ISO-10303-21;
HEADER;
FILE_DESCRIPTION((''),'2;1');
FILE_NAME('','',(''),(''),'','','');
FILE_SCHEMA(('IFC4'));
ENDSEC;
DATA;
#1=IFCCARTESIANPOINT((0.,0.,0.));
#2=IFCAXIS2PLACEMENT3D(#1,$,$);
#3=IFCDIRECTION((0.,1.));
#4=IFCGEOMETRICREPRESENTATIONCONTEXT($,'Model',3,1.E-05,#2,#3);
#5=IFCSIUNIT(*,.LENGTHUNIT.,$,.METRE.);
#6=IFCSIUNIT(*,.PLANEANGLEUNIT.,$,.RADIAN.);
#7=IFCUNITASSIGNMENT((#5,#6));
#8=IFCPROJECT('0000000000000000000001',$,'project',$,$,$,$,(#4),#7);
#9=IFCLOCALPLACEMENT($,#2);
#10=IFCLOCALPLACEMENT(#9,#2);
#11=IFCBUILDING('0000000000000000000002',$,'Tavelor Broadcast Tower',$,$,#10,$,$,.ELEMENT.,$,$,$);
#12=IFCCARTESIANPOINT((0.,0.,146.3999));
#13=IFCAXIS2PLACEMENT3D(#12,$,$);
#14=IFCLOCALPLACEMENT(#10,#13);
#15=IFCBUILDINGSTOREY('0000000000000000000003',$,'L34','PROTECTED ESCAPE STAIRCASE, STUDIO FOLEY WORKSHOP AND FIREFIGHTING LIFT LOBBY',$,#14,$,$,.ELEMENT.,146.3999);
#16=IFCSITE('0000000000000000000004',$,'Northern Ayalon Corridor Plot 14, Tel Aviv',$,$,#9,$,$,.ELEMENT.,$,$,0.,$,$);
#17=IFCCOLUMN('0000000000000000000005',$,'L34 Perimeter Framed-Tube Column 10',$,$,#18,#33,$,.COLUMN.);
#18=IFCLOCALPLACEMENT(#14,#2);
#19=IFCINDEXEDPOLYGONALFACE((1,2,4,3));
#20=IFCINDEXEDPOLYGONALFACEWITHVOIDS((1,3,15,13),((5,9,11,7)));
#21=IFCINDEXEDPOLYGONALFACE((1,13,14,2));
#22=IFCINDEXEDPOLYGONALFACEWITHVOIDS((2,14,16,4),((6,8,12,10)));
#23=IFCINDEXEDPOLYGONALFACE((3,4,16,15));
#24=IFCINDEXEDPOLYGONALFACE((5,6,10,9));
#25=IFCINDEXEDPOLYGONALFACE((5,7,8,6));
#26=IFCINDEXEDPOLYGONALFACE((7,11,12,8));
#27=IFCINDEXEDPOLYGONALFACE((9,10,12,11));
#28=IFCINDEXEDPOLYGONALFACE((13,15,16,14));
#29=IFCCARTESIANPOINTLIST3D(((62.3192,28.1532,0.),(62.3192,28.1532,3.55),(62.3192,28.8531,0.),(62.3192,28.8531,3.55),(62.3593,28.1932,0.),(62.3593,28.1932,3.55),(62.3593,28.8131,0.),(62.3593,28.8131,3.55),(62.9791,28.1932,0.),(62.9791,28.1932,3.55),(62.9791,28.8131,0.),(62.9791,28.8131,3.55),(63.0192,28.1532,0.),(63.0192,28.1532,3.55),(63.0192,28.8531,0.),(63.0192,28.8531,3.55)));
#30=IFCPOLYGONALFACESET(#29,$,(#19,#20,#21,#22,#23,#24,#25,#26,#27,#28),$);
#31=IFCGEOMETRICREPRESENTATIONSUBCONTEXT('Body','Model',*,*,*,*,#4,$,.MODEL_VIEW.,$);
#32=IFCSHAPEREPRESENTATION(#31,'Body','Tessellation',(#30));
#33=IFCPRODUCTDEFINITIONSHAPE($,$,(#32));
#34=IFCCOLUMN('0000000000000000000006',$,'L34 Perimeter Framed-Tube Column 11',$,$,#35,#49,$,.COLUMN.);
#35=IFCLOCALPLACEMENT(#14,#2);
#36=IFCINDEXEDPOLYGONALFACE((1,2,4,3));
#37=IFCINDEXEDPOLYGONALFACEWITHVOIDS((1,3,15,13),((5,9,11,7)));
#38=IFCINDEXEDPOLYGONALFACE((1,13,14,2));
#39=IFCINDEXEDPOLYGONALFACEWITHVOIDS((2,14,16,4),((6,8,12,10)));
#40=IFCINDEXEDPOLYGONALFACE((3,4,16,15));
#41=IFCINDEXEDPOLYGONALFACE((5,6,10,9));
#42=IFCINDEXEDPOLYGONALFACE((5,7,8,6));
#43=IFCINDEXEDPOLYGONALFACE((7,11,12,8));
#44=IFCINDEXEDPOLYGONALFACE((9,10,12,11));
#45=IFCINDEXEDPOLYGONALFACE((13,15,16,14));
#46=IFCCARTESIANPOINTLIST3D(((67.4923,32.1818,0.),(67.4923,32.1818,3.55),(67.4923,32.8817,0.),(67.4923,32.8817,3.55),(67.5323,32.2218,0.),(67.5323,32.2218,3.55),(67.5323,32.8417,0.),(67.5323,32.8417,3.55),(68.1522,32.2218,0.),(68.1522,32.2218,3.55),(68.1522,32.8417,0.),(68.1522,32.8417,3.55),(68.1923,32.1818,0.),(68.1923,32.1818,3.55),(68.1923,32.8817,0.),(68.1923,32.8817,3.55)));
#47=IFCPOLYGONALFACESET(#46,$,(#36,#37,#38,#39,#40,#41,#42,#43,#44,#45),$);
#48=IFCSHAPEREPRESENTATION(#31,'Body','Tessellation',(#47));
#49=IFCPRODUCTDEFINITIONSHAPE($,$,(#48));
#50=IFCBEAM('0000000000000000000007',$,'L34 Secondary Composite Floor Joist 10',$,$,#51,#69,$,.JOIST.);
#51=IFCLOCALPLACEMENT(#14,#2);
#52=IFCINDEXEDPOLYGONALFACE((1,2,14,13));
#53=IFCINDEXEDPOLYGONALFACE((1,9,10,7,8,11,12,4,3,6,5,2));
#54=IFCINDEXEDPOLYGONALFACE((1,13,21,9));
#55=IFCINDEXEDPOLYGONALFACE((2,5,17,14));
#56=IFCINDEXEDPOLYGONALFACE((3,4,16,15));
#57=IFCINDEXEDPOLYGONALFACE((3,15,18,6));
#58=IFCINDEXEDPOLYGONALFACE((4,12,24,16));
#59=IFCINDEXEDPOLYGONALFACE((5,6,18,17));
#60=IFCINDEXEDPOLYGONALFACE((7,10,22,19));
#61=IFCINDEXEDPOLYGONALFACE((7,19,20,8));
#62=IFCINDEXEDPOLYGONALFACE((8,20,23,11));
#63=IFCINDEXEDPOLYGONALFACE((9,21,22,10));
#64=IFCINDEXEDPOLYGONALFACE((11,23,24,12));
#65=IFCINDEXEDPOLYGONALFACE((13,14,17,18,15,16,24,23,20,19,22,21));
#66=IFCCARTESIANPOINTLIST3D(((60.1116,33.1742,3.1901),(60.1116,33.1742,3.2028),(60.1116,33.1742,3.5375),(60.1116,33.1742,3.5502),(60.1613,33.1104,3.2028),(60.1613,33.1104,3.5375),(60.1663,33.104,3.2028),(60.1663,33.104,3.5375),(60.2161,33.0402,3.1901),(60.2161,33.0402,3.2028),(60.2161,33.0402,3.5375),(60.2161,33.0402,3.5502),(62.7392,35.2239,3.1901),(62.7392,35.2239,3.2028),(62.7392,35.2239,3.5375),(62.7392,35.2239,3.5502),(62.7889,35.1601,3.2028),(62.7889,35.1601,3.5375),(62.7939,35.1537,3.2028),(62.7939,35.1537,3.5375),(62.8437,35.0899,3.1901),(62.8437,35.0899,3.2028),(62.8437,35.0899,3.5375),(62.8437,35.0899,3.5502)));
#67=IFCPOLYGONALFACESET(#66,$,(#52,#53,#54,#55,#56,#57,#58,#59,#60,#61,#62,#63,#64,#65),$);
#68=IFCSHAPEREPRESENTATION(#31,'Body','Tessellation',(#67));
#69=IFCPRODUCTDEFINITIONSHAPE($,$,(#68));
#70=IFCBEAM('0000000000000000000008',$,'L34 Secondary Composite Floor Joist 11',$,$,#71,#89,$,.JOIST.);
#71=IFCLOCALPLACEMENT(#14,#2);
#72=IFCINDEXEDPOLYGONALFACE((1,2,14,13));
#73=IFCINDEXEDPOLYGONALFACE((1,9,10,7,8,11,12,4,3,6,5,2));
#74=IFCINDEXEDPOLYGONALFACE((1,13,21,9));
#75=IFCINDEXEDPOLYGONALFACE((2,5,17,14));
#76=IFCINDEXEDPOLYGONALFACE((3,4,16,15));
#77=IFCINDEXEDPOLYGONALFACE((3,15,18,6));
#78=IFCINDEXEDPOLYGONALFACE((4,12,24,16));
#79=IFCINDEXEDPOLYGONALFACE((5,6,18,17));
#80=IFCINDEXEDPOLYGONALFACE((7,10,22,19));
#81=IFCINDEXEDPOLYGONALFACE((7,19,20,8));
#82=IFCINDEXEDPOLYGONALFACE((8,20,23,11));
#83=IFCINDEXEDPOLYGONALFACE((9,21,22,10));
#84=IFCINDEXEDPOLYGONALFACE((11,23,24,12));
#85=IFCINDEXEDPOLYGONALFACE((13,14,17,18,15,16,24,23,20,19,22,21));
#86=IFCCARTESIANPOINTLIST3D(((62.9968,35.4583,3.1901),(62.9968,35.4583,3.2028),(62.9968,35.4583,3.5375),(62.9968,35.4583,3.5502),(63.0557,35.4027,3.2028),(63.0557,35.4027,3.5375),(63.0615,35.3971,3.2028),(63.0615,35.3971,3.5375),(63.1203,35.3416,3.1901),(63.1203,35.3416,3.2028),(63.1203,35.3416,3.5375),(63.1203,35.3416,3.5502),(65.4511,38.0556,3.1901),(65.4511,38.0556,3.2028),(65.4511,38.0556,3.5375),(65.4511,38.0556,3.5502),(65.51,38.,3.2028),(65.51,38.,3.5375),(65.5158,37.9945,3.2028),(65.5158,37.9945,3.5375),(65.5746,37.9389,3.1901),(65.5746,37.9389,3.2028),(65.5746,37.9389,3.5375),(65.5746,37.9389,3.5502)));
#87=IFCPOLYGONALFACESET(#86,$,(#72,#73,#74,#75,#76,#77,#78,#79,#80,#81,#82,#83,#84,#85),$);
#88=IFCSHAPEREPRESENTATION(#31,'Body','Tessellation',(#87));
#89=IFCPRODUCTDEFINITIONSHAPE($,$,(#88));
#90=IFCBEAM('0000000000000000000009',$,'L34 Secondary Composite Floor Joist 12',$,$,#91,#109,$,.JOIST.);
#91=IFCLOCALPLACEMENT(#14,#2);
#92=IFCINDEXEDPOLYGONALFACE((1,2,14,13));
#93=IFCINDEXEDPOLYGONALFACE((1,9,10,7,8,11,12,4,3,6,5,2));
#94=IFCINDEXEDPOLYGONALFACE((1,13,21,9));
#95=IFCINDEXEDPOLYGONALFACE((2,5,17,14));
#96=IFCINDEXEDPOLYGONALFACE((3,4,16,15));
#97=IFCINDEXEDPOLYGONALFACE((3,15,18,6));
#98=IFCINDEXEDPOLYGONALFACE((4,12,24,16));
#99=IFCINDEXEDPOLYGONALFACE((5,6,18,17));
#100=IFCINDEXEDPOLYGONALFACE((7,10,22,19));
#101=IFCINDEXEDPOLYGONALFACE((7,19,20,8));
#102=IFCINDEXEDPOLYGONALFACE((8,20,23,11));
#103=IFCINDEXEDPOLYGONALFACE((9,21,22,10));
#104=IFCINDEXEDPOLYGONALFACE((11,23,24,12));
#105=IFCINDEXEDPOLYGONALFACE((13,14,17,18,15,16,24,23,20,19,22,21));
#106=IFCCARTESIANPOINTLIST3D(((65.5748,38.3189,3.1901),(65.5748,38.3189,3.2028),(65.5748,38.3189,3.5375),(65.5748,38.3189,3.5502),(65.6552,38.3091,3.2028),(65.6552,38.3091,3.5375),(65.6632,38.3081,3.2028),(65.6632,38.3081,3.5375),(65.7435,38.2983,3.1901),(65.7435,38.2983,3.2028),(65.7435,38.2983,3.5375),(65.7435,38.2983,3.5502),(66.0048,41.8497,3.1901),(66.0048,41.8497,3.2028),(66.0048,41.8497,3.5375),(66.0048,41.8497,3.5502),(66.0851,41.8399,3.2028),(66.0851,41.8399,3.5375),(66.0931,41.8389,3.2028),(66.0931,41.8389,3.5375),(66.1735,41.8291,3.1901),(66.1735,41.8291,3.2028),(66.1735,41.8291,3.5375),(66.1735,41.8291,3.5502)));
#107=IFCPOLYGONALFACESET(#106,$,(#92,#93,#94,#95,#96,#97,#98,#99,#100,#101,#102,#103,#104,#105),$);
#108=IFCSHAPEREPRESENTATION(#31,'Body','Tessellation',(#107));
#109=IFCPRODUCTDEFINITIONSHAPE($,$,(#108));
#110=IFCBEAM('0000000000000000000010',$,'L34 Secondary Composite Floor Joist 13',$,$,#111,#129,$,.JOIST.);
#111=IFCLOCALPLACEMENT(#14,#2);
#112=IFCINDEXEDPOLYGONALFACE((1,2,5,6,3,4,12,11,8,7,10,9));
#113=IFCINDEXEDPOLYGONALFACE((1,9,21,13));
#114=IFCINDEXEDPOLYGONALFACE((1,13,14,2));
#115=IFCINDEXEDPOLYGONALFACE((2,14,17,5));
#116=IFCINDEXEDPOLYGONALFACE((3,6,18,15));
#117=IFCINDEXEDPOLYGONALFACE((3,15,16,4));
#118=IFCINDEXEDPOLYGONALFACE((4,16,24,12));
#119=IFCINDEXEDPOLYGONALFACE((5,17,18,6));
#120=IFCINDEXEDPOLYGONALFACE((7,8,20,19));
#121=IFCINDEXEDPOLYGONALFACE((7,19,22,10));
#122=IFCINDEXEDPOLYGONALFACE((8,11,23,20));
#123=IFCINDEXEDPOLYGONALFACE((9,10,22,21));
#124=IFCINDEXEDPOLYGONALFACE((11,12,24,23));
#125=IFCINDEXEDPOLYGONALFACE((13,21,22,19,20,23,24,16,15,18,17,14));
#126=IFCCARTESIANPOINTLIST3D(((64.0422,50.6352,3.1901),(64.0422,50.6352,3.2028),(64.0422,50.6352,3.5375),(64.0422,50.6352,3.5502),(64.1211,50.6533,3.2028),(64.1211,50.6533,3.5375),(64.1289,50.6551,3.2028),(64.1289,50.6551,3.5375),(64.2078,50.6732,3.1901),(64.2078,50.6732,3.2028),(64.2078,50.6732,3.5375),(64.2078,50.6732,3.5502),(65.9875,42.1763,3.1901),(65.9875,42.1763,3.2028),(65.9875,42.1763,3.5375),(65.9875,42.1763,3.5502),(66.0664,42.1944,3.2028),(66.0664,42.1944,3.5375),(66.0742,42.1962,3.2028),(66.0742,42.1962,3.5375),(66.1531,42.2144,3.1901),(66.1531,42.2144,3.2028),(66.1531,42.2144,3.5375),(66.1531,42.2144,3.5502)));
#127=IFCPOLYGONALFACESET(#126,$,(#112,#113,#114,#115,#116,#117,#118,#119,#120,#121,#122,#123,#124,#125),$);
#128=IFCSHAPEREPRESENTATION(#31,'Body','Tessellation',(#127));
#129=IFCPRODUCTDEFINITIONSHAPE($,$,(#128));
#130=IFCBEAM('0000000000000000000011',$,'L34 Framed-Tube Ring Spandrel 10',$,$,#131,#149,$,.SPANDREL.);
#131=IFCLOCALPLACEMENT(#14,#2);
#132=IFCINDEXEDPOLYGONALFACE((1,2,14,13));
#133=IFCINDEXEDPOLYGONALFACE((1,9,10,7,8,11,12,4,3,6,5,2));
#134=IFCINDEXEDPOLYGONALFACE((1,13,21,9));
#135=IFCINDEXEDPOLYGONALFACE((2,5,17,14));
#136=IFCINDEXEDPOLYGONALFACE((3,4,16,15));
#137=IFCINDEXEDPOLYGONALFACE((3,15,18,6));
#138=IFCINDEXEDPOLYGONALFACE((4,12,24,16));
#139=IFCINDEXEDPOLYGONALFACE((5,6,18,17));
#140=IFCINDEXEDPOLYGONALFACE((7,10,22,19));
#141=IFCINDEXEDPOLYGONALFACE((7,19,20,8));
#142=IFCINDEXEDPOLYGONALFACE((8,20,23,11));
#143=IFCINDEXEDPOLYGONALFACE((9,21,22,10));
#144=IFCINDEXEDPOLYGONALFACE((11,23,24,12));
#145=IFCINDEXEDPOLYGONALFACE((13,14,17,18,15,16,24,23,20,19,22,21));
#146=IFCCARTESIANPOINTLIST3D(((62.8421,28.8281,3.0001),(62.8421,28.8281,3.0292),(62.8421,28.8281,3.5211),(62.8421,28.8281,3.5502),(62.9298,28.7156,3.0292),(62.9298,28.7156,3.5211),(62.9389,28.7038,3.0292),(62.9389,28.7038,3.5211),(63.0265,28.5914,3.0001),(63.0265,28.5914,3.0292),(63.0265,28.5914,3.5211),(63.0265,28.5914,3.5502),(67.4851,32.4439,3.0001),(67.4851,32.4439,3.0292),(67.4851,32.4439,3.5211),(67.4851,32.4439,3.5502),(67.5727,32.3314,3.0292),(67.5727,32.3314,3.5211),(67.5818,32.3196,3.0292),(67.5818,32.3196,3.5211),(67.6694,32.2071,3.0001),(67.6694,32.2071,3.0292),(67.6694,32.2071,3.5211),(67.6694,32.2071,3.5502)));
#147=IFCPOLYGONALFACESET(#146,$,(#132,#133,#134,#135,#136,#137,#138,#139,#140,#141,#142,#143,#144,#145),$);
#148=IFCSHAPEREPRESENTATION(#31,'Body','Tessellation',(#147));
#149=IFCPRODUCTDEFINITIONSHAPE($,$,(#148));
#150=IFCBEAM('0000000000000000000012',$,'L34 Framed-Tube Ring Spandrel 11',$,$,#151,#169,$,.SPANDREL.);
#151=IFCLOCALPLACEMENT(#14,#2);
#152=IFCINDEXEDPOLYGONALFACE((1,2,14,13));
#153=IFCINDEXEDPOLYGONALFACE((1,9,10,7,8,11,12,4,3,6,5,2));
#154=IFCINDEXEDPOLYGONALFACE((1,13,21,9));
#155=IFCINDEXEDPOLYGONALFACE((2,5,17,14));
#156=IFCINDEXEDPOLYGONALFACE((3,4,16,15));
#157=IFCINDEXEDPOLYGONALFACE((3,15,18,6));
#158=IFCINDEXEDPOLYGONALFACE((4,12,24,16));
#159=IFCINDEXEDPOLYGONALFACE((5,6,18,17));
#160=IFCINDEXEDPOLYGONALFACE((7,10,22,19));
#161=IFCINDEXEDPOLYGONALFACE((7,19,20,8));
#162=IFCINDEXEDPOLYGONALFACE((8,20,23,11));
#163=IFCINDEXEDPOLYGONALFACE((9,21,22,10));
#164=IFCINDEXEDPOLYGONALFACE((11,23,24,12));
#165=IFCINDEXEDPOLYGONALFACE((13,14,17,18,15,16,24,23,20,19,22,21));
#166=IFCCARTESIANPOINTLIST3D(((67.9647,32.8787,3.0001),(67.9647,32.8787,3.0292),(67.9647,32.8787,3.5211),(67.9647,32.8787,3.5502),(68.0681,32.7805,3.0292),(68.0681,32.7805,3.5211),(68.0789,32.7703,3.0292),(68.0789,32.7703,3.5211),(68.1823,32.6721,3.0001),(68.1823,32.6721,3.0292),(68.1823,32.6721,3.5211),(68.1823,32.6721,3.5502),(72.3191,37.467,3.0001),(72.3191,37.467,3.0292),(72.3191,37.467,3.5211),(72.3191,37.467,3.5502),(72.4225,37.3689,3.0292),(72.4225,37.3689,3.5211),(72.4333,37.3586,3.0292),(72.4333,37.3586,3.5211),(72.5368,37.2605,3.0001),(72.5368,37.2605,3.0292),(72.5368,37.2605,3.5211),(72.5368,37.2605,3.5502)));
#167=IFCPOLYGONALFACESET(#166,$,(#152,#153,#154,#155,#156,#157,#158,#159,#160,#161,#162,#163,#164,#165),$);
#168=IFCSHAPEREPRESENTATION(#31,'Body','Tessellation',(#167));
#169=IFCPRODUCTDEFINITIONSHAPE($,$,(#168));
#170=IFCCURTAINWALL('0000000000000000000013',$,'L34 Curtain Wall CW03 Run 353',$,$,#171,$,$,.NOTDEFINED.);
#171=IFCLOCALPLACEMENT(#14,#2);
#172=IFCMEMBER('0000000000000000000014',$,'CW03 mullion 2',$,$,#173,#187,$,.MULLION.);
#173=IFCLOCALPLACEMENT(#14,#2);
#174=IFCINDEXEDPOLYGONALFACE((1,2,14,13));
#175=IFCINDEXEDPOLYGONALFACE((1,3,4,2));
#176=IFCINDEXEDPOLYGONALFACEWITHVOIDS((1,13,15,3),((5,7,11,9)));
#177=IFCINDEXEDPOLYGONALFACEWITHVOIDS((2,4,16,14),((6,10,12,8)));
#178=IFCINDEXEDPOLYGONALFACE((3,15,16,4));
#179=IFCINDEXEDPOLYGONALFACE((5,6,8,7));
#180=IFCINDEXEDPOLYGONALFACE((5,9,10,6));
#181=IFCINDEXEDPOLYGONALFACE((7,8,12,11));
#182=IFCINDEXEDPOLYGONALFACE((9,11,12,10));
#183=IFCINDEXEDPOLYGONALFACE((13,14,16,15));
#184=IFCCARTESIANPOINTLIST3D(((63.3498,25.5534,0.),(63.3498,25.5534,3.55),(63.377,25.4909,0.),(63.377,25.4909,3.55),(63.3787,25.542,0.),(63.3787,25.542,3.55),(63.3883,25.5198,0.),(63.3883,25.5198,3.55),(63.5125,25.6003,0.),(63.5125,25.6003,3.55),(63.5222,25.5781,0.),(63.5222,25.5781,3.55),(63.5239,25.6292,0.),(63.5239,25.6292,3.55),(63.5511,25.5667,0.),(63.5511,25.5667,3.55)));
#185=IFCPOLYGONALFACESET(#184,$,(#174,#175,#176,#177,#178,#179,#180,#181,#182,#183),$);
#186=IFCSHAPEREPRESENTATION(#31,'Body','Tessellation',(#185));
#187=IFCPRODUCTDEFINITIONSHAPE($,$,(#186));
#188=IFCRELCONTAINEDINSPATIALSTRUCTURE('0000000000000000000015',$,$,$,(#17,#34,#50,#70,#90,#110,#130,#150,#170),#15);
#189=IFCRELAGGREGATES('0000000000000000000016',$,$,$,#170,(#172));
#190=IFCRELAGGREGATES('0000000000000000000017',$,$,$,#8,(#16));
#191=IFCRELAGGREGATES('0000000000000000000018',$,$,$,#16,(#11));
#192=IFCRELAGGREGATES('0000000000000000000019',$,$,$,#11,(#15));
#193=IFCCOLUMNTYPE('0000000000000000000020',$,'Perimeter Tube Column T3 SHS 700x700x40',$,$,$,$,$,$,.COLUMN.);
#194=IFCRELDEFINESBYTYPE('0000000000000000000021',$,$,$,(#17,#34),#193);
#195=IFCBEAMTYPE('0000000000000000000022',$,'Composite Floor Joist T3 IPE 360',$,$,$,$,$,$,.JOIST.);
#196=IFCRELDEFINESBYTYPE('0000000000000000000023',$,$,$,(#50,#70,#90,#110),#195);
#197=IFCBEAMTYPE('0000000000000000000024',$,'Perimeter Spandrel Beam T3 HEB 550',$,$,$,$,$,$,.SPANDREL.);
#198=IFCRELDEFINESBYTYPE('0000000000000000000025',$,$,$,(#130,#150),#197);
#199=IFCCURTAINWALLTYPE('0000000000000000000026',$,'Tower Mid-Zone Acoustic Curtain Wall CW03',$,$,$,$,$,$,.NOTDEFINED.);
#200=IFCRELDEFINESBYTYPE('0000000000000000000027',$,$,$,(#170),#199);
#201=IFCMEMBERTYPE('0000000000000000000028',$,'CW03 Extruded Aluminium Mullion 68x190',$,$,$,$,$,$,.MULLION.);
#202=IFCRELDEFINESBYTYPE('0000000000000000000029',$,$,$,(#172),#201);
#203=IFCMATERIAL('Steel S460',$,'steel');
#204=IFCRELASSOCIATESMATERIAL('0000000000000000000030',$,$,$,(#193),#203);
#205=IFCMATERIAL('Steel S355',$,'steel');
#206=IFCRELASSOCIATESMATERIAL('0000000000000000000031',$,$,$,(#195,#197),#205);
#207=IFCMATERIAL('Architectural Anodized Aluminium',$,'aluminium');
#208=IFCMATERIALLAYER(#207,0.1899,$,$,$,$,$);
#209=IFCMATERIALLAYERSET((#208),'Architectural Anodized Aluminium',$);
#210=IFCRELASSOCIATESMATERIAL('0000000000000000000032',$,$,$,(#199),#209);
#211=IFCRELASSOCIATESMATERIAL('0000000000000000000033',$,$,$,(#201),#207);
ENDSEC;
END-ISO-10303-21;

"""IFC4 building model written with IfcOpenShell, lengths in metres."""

from ifc_helpers import new_model, si_unit, direction, frame, origin, origin_2d, place, context, subcontext, project, spatial, hollow_rectangle, i_section, extrude, source, transform, mapped, material, layer, layer_set, material_profile, profile_set, type_object, type_shapes, element, aggregate, save


model = new_model("IFC4")

# Units and contexts
model_context = context("Model", 3, precision=1e-05, world=origin(), true_north=direction((0.0, 1.0)))
body_context = subcontext(model_context, "Body", "Model", "MODEL_VIEW")
ifc_project = project(units=[si_unit("LENGTHUNIT", "METRE"), si_unit("PLANEANGLEUNIT", "RADIAN")], contexts=[model_context])

# Site, building, storey
site_placement = place(None, origin())
site = spatial("IfcSite", under=ifc_project, at=site_placement, Name="Northern Ayalon Corridor Plot 14, Tel Aviv", CompositionType="ELEMENT", RefElevation=0.0)
building_placement = place(site_placement, origin())
building = spatial("IfcBuilding", under=site, at=building_placement, Name="Tavelor Broadcast Tower", CompositionType="ELEMENT")
storey_placement = place(building_placement, frame((0.0, 0.0, 146.3999)))
storey = spatial("IfcBuildingStorey", under=building, at=storey_placement, Name="L34", Description="PROTECTED ESCAPE STAIRCASE, STUDIO FOLEY WORKSHOP AND FIREFIGHTING LIFT LOBBY", CompositionType="ELEMENT", Elevation=146.3999)

# Columns
ifc_material_1 = material(Name="Steel S460", Category="steel")
ifc_material_profile_1 = material_profile(ifc_material_1, hollow_rectangle(XDim=0.7, YDim=0.7, WallThickness=0.04, at=origin_2d()), Name="SHS 700x700x40")
ifc_profile_set_1 = profile_set([ifc_material_profile_1], Name="Steel S460")
column_type = type_object("IfcColumnType", Name="Perimeter Tube Column T3 SHS 700x700x40", PredefinedType="COLUMN", material=ifc_profile_set_1)
for number, where, z_axis, x_axis, name in (
    (1, (62.6692, 28.5032, 0.0), (0.0, 0.0, 1.0), (1.0, 0.0, 0.0), "L34 Perimeter Framed-Tube Column 10"),
    (2, (67.8423, 32.5317, 0.0), (0.0, 0.0, 1.0), (1.0, 0.0, 0.0), "L34 Perimeter Framed-Tube Column 11"),
):
    element("IfcColumn", number, at=place(storey_placement, frame(where, z_axis=z_axis, x_axis=x_axis)), inside=storey, type_object=column_type, Name=name, PredefinedType="COLUMN", context=body_context, shape_type="SweptSolid", body=[
        extrude(hollow_rectangle(XDim=0.7, YDim=0.7, WallThickness=0.04, at=origin_2d()), origin(), (0.0, 0.0, 1.0), 3.55),
    ])

# Beams
ifc_material_2 = material(Name="Steel S355", Category="steel")
ifc_material_profile_2 = material_profile(ifc_material_2, i_section(OverallWidth=0.1699, OverallDepth=0.3601, WebThickness=0.0081, FlangeThickness=0.0127, at=origin_2d()), Name="IPE 360")
ifc_profile_set_2 = profile_set([ifc_material_profile_2], Name="Steel S355")
beam_type_1 = type_object("IfcBeamType", Name="Composite Floor Joist T3 IPE 360", PredefinedType="JOIST", material=ifc_profile_set_2)
beam_1_placement = place(storey_placement, frame((60.1638, 33.1072, 3.3701), z_axis=(0.788472, 0.615071, 0.0), x_axis=(-0.615071, 0.788472, 0.0)))
element("IfcBeam", 3, at=beam_1_placement, inside=storey, type_object=beam_type_1, Name="L34 Secondary Composite Floor Joist 10", PredefinedType="JOIST", context=body_context, shape_type="SweptSolid", body=[
    extrude(i_section(OverallWidth=0.1699, OverallDepth=0.3601, WebThickness=0.0081, FlangeThickness=0.0127, at=origin_2d()), origin(), (0.0, 0.0, 1.0), 3.3325),
])
beam_2_placement = place(storey_placement, frame((63.0586, 35.3999, 3.3701), z_axis=(0.686806, 0.726841, 0.0), x_axis=(-0.726841, 0.686806, 0.0)))
element("IfcBeam", 4, at=beam_2_placement, inside=storey, type_object=beam_type_1, Name="L34 Secondary Composite Floor Joist 11", PredefinedType="JOIST", context=body_context, shape_type="SweptSolid", body=[
    extrude(i_section(OverallWidth=0.1699, OverallDepth=0.3601, WebThickness=0.0081, FlangeThickness=0.0127, at=origin_2d()), origin(), (0.0, 0.0, 1.0), 3.5735),
])
beam_3_placement = place(storey_placement, frame((65.6592, 38.3086, 3.3701), z_axis=(0.120875, 0.992668, 0.0), x_axis=(-0.992668, 0.120875, 0.0)))
element("IfcBeam", 5, at=beam_3_placement, inside=storey, type_object=beam_type_1, Name="L34 Secondary Composite Floor Joist 12", PredefinedType="JOIST", context=body_context, shape_type="SweptSolid", body=[
    extrude(i_section(OverallWidth=0.1699, OverallDepth=0.3601, WebThickness=0.0081, FlangeThickness=0.0127, at=origin_2d()), origin(), (0.0, 0.0, 1.0), 3.5569),
])
beam_4_placement = place(storey_placement, frame((66.0703, 42.1953, 3.3701), z_axis=(-0.22412, 0.974562, 0.0), x_axis=(-0.974562, -0.22412, 0.0)))
element("IfcBeam", 6, at=beam_4_placement, inside=storey, type_object=beam_type_1, Name="L34 Secondary Composite Floor Joist 13", PredefinedType="JOIST", context=body_context, shape_type="SweptSolid", body=[
    extrude(i_section(OverallWidth=0.1699, OverallDepth=0.3601, WebThickness=0.0081, FlangeThickness=0.0127, at=origin_2d()), origin(), (0.0, 0.0, 1.0), 8.6797),
])
ifc_material_profile_3 = material_profile(ifc_material_2, i_section(OverallWidth=0.3, OverallDepth=0.55, WebThickness=0.0149, FlangeThickness=0.0291, at=origin_2d()), Name="HEB 550")
ifc_profile_set_3 = profile_set([ifc_material_profile_3], Name="Steel S355")
beam_type_2 = type_object("IfcBeamType", Name="Perimeter Spandrel Beam T3 HEB 550", PredefinedType="SPANDREL", material=ifc_profile_set_3)
beam_5_placement = place(storey_placement, frame((62.9343, 28.7097, 3.2751), z_axis=(0.78897, 0.614432, 0.0), x_axis=(-0.614432, 0.78897, 0.0)))
element("IfcBeam", 7, at=beam_5_placement, inside=storey, type_object=beam_type_2, Name="L34 Framed-Tube Ring Spandrel 10", PredefinedType="SPANDREL", context=body_context, shape_type="SweptSolid", body=[
    extrude(i_section(OverallWidth=0.3, OverallDepth=0.55, WebThickness=0.0149, FlangeThickness=0.0291, at=origin_2d()), origin(), (0.0, 0.0, 1.0), 5.8848),
])
beam_6_placement = place(storey_placement, frame((68.0735, 32.7754, 3.2751), z_axis=(0.688378, 0.725352, 0.0), x_axis=(-0.725352, 0.688378, 0.0)))
element("IfcBeam", 8, at=beam_6_placement, inside=storey, type_object=beam_type_2, Name="L34 Framed-Tube Ring Spandrel 11", PredefinedType="SPANDREL", context=body_context, shape_type="SweptSolid", body=[
    extrude(i_section(OverallWidth=0.3, OverallDepth=0.55, WebThickness=0.0149, FlangeThickness=0.0291, at=origin_2d()), origin(), (0.0, 0.0, 1.0), 6.3257),
])

# Curtain wall, member
ifc_material_3 = material(Name="Architectural Anodized Aluminium", Category="aluminium")
ifc_layer_1 = layer(ifc_material_3, 0.1899)
ifc_layer_set_1 = layer_set([ifc_layer_1], Name="Architectural Anodized Aluminium")
curtain_wall_type = type_object("IfcCurtainWallType", Name="Tower Mid-Zone Acoustic Curtain Wall CW03", PredefinedType="NOTDEFINED", material=ifc_layer_set_1)
curtain_wall_1_placement = place(storey_placement, origin())
curtain_wall_1 = element("IfcCurtainWall", 9, at=curtain_wall_1_placement, inside=storey, type_object=curtain_wall_type, Name="L34 Curtain Wall CW03 Run 353", PredefinedType="NOTDEFINED")
ifc_material_profile_4 = material_profile(ifc_material_3, hollow_rectangle(XDim=0.0681, YDim=0.1899, WallThickness=0.022, at=origin_2d()), Name="RHS 68x190x22")
ifc_profile_set_4 = profile_set([ifc_material_profile_4], Name="Architectural Anodized Aluminium")
member_type_1 = type_object("IfcMemberType", Name="CW03 Extruded Aluminium Mullion 68x190", PredefinedType="MULLION", material=ifc_profile_set_4)
shared_shape_1 = source(origin(), body_context, "Body", "SweptSolid", [
    extrude(hollow_rectangle(XDim=0.0681, YDim=0.1899, WallThickness=0.022, at=origin_2d()), origin(), (0.0, 0.0, 1.0), 3.55),
])
type_shapes(member_type_1, [shared_shape_1])
member_1_placement = place(storey_placement, frame((63.4504, 25.5601, 0.0), z_axis=(0.0, 0.0, 1.0), x_axis=(-0.39914, 0.91689, 0.0)))
member_1 = element("IfcMember", 10, at=member_1_placement, type_object=member_type_1, Name="CW03 mullion 2", PredefinedType="MULLION", context=body_context, shape_type="MappedRepresentation", body=[
    mapped(shared_shape_1, transform((0.0, 0.0, 0.0), scale=1.0)),
])
aggregate(curtain_wall_1, [member_1])

save(model, "model.ifc")
